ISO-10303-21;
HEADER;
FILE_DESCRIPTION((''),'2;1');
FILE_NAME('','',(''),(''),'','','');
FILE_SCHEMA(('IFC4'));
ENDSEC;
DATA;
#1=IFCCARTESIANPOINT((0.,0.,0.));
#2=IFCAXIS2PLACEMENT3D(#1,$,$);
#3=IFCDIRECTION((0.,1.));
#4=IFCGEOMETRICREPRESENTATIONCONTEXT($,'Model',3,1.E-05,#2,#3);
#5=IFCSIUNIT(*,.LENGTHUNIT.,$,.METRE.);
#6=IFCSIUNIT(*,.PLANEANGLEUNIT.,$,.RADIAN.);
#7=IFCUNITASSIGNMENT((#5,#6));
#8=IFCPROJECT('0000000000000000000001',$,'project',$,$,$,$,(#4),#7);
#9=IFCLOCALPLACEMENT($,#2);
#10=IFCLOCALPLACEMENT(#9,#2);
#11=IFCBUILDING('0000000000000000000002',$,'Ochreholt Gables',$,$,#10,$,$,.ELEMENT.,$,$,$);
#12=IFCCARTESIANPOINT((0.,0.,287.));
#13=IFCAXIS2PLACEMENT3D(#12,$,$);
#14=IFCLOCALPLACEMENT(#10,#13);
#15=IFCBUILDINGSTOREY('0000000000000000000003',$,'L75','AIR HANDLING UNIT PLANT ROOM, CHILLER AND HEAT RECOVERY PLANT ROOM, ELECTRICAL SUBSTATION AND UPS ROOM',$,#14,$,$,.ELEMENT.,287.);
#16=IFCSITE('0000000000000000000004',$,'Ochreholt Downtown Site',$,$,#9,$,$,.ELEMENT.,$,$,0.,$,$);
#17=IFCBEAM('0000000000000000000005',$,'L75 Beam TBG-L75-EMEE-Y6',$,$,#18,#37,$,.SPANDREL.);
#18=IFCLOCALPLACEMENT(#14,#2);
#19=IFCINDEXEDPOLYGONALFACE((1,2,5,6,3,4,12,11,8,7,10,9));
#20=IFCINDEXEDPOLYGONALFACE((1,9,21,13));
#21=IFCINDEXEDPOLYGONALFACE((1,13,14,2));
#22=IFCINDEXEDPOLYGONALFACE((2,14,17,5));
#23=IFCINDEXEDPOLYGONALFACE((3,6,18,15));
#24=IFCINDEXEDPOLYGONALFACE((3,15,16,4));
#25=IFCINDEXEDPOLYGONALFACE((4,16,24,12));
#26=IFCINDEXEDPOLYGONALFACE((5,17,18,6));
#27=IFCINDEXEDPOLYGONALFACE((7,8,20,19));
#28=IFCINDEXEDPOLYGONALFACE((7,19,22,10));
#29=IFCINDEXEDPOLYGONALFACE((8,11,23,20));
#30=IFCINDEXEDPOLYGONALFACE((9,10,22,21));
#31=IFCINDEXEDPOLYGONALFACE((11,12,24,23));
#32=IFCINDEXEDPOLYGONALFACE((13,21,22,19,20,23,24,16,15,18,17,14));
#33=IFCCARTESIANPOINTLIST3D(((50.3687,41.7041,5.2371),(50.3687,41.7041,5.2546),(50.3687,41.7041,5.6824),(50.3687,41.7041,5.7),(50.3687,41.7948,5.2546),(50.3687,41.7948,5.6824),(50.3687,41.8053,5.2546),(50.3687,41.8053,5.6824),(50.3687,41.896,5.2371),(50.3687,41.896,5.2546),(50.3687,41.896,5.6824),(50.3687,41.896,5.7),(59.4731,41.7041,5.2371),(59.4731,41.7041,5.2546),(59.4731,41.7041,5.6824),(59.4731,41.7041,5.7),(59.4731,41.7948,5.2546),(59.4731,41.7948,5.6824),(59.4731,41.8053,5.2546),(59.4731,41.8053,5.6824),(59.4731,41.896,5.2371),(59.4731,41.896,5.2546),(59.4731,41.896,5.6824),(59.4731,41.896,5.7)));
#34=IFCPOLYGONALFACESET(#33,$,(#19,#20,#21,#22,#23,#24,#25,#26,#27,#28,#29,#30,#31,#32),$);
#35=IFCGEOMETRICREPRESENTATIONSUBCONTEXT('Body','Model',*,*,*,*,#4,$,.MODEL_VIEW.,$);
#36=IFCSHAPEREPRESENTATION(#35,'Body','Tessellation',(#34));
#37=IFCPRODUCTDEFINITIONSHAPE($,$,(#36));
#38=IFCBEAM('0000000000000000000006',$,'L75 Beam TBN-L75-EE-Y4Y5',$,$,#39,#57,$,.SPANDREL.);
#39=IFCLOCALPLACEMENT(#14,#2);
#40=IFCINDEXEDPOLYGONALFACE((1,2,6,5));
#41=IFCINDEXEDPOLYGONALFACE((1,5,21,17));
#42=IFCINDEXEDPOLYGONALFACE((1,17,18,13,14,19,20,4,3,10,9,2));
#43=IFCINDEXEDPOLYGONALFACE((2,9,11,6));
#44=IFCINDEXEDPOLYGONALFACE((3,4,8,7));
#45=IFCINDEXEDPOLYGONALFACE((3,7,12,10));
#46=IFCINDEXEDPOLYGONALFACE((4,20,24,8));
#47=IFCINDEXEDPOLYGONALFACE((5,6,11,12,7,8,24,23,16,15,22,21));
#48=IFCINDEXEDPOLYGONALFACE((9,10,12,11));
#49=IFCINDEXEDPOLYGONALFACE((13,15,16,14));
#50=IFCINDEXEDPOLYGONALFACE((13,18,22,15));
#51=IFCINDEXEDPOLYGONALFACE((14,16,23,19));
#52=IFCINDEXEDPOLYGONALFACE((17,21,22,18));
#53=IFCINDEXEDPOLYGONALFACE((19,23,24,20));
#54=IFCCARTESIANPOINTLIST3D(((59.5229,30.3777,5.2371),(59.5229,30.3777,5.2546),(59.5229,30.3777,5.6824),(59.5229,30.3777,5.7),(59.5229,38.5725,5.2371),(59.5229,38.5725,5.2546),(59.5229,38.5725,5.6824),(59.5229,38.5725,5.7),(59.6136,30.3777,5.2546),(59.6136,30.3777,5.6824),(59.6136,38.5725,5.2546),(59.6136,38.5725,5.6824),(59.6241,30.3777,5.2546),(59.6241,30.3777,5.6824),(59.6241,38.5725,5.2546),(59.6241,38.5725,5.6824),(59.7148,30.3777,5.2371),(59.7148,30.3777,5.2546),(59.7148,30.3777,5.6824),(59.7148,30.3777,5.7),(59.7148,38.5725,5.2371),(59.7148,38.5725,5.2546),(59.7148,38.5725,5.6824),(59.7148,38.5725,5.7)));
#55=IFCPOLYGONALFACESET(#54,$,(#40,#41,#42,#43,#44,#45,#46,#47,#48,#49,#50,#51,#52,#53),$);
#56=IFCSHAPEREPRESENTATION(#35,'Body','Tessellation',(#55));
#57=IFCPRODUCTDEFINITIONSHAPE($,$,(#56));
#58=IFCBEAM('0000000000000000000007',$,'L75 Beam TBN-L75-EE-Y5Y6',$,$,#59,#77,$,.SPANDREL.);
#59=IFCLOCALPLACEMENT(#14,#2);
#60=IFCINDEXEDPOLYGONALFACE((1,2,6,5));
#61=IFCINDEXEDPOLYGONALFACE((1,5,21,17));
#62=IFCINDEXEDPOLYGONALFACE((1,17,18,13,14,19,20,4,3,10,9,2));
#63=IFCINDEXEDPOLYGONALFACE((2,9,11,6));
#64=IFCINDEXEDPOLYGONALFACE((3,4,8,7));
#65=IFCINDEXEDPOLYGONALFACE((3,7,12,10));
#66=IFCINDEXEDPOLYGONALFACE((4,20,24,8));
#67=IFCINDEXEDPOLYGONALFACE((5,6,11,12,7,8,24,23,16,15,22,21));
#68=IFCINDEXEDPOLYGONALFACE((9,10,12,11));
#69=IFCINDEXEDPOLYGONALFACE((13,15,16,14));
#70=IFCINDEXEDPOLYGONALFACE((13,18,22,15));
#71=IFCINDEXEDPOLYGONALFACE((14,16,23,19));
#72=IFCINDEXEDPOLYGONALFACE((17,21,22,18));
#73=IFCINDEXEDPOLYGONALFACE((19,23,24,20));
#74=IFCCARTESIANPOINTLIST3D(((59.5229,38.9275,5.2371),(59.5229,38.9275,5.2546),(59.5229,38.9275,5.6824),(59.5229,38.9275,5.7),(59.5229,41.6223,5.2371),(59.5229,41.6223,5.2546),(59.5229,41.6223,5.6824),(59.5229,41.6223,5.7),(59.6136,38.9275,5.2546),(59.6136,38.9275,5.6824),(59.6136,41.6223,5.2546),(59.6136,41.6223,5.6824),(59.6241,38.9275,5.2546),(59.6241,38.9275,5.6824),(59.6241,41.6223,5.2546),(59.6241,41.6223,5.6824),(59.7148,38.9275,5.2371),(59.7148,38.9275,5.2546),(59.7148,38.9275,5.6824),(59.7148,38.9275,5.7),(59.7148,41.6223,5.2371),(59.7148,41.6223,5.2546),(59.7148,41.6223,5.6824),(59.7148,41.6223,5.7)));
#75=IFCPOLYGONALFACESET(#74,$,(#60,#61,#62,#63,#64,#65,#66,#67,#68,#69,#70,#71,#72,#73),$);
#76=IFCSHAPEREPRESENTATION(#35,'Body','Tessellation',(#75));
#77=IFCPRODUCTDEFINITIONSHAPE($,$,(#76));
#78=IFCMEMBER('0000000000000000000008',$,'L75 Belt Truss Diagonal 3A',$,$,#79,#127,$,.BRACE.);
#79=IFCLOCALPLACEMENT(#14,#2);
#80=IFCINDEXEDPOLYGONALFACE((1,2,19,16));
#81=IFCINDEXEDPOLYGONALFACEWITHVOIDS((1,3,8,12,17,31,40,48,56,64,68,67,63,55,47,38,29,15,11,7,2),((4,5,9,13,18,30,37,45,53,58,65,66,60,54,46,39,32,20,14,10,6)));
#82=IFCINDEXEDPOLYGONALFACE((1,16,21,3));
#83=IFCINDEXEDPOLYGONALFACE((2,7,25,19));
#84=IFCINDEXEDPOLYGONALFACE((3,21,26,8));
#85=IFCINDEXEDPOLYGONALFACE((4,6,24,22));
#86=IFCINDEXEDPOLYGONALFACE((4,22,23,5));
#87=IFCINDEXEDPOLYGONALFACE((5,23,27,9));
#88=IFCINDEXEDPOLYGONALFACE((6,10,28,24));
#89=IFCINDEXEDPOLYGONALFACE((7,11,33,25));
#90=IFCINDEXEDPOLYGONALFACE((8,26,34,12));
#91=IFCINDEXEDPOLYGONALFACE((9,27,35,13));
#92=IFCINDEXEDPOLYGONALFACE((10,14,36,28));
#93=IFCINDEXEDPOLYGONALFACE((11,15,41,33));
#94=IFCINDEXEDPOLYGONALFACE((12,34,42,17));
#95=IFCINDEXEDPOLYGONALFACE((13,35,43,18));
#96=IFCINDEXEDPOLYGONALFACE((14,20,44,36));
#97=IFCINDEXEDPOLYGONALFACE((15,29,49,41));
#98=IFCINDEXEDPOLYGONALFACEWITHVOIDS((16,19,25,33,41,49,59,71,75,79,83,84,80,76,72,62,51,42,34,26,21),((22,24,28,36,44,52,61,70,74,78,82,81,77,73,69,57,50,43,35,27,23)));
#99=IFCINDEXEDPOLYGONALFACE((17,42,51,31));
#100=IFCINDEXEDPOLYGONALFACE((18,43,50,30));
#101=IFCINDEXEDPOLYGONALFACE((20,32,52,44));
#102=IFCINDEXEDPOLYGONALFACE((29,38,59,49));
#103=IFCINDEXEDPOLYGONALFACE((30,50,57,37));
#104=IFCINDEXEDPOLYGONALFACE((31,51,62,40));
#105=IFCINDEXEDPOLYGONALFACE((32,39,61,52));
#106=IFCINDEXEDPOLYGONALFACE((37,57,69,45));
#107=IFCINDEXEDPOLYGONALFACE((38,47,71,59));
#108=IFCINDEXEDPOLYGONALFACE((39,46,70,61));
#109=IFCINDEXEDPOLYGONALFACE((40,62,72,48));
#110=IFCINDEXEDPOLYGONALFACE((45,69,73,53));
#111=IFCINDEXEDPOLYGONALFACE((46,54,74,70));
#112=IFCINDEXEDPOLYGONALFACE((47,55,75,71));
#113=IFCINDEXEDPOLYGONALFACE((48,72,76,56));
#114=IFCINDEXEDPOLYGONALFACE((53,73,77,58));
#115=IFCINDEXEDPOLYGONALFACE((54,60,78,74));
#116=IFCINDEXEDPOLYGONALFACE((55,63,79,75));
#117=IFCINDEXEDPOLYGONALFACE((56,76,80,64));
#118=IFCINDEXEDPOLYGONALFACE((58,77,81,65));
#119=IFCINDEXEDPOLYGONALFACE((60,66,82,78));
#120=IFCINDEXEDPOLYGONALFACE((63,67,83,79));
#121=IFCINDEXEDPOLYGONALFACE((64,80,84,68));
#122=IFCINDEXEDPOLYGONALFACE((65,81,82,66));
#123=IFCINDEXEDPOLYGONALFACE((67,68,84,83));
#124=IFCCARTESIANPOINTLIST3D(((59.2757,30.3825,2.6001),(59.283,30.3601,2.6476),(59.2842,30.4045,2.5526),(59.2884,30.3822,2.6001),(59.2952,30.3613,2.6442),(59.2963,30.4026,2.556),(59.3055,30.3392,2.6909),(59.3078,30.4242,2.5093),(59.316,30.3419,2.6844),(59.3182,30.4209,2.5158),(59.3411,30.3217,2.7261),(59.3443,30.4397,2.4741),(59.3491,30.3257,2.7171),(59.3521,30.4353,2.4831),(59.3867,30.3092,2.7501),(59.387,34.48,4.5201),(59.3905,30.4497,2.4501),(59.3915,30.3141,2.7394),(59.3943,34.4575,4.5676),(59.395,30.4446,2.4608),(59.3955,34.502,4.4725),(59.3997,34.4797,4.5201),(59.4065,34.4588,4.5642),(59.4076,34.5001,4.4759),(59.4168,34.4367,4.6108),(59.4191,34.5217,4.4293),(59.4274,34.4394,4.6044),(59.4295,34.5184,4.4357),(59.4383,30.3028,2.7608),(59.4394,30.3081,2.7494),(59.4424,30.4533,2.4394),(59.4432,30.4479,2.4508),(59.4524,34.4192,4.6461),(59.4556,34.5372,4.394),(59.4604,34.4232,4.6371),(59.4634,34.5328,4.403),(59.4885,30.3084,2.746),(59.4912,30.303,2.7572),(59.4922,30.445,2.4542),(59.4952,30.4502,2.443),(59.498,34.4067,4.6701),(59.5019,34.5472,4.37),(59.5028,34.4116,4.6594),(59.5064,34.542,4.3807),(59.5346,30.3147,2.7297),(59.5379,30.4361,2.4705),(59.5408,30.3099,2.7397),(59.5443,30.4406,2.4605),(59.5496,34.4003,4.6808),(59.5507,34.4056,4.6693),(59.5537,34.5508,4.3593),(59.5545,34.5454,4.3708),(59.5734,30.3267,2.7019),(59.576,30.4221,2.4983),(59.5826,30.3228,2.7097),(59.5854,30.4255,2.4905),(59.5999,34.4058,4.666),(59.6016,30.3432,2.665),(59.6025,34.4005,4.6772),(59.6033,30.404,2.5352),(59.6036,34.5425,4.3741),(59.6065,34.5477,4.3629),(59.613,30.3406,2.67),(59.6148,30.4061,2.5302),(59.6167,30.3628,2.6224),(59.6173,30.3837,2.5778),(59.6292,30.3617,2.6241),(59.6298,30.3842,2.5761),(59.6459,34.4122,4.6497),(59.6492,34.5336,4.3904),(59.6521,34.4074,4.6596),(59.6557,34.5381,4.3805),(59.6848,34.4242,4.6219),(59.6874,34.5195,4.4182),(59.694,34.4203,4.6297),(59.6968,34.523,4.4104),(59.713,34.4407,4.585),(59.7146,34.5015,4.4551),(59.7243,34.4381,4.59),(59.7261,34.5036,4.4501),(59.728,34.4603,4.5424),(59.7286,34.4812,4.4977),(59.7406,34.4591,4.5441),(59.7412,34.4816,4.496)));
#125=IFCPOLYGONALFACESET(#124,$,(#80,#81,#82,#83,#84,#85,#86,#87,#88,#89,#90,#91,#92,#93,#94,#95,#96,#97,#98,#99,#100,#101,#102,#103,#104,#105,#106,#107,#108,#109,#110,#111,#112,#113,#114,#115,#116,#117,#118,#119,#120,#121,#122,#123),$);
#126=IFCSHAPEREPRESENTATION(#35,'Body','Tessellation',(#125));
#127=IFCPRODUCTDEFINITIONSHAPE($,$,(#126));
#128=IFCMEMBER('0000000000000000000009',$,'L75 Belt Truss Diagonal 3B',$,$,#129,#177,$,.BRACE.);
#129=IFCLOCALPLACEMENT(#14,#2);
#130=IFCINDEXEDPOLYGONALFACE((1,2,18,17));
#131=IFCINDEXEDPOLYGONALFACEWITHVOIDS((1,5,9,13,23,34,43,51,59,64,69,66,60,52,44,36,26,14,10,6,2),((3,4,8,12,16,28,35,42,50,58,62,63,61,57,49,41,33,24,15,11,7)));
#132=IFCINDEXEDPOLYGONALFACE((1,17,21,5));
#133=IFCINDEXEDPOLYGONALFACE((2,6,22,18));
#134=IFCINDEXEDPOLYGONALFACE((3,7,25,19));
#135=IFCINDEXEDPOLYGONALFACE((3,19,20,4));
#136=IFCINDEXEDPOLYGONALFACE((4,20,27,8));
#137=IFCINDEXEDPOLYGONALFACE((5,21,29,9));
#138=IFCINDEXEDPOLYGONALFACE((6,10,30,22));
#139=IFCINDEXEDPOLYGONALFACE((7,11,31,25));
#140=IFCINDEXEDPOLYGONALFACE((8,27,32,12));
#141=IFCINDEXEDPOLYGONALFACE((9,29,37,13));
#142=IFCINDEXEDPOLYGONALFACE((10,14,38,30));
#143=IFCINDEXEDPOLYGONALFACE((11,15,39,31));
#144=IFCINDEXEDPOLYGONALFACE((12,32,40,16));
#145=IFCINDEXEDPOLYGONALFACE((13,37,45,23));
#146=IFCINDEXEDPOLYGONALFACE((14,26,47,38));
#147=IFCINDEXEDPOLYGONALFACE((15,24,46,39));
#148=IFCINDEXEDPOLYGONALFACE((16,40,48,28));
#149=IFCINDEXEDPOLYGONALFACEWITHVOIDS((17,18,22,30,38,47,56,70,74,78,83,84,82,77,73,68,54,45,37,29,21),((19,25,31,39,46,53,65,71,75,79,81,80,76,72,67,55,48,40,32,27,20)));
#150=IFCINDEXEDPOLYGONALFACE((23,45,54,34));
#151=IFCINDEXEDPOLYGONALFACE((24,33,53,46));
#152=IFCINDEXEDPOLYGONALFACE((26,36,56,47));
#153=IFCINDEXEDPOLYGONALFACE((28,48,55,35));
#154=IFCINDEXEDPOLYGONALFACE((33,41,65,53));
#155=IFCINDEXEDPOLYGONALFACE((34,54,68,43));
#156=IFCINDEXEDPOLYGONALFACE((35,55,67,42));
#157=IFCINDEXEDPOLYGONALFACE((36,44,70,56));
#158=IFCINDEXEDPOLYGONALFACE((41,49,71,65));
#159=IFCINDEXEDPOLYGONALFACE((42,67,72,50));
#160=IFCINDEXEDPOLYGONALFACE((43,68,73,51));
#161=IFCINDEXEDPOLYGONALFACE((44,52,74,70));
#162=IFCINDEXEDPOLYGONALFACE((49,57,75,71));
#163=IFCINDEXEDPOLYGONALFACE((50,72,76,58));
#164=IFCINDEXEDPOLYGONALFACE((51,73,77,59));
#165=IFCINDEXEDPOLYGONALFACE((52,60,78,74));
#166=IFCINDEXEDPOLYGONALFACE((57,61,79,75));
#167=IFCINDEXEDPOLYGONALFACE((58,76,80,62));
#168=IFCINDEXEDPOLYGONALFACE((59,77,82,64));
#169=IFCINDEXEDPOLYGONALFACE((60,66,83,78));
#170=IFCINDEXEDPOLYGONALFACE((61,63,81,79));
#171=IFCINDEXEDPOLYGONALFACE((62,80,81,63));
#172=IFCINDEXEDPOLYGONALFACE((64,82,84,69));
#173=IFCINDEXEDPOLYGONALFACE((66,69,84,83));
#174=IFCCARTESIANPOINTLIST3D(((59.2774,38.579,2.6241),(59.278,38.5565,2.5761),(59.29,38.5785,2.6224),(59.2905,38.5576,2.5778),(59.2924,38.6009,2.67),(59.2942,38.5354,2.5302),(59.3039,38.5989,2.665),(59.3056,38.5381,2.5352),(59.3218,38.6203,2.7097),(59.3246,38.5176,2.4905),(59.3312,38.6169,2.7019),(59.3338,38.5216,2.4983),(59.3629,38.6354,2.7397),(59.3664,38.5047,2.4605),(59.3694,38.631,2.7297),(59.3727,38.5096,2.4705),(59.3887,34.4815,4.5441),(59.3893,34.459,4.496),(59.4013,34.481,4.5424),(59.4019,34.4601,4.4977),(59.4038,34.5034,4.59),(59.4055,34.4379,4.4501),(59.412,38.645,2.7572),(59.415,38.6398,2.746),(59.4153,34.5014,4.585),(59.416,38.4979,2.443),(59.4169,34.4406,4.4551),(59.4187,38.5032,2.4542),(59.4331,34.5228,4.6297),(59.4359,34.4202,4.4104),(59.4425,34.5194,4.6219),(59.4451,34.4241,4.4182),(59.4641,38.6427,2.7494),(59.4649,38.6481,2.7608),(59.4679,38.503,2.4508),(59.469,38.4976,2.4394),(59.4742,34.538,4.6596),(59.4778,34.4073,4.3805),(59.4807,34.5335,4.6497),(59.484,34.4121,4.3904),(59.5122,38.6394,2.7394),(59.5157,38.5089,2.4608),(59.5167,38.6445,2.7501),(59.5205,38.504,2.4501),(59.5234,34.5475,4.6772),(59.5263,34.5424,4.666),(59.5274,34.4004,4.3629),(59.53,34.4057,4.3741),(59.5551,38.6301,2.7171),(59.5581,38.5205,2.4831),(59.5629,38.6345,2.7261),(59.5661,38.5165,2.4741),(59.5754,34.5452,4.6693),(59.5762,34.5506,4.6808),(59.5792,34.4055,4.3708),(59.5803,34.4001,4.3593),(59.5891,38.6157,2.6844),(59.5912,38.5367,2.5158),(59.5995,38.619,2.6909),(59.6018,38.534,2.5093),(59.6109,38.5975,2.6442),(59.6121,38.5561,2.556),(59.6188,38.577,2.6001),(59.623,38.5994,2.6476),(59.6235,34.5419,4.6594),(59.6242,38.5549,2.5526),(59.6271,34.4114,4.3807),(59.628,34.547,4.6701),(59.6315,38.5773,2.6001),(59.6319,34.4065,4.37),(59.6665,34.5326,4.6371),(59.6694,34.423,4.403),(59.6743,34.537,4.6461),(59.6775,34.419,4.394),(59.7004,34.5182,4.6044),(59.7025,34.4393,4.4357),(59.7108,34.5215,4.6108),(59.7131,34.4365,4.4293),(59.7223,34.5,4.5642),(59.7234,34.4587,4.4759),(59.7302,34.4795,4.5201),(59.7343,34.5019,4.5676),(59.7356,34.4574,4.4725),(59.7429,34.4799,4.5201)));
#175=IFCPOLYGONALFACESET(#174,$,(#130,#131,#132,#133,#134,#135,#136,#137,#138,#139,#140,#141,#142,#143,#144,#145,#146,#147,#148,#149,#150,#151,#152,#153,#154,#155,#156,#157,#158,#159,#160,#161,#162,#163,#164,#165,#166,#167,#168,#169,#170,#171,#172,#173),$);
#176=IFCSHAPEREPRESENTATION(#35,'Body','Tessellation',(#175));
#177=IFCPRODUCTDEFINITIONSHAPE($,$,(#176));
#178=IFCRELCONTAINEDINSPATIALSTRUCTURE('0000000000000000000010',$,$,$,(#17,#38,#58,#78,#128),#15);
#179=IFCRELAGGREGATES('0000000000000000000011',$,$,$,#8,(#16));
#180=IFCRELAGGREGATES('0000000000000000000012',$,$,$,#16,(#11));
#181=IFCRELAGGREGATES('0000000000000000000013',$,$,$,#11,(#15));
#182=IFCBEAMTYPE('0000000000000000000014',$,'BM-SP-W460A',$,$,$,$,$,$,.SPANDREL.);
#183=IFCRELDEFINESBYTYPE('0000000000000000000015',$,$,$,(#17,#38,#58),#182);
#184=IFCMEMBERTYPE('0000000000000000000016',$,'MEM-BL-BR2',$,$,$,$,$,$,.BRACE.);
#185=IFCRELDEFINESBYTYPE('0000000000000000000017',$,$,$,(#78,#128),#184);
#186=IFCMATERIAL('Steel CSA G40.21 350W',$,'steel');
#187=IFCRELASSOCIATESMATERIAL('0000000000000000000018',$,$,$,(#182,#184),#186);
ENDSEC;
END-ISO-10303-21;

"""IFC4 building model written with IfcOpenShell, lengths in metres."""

from ifc_helpers import new_model, si_unit, direction, frame, origin, origin_2d, place, context, subcontext, project, spatial, hollow_circle, i_section, extrude, material, material_profile, profile_set, type_object, element, save


model = new_model("IFC4")

# Units and contexts
model_context = context("Model", 3, precision=1e-05, world=origin(), true_north=direction((0.0, 1.0)))
body_context = subcontext(model_context, "Body", "Model", "MODEL_VIEW")
ifc_project = project(units=[si_unit("LENGTHUNIT", "METRE"), si_unit("PLANEANGLEUNIT", "RADIAN")], contexts=[model_context])

# Site, building, storey
site_placement = place(None, origin())
site = spatial("IfcSite", under=ifc_project, at=site_placement, Name="Ochreholt Downtown Site", CompositionType="ELEMENT", RefElevation=0.0)
building_placement = place(site_placement, origin())
building = spatial("IfcBuilding", under=site, at=building_placement, Name="Ochreholt Gables", CompositionType="ELEMENT")
storey_placement = place(building_placement, frame((0.0, 0.0, 287.0)))
storey = spatial("IfcBuildingStorey", under=building, at=storey_placement, Name="L75", Description="AIR HANDLING UNIT PLANT ROOM, CHILLER AND HEAT RECOVERY PLANT ROOM, ELECTRICAL SUBSTATION AND UPS ROOM", CompositionType="ELEMENT", Elevation=287.0)

# Shared definitions
ifc_material_1 = material(Name="Steel CSA G40.21 350W", Category="steel")

# Beams
ifc_material_profile_1 = material_profile(ifc_material_1, i_section(OverallWidth=0.1919, OverallDepth=0.4629, WebThickness=0.0105, FlangeThickness=0.0176, at=origin_2d()), Name="W460X89")
ifc_profile_set_1 = profile_set([ifc_material_profile_1], Name="Steel CSA G40.21 350W")
beam_type_1 = type_object("IfcBeamType", Name="BM-SP-W460A", PredefinedType="SPANDREL", material=ifc_profile_set_1)
beam_1_placement = place(storey_placement, frame((50.3687, 41.8, 5.4685), z_axis=(1.0, 0.0, 0.0), x_axis=(0.0, 1.0, 0.0)))
element("IfcBeam", 1, at=beam_1_placement, inside=storey, type_object=beam_type_1, Name="L75 Beam TBG-L75-EMEE-Y6", PredefinedType="SPANDREL", context=body_context, shape_type="SweptSolid", body=[
    extrude(i_section(OverallWidth=0.1919, OverallDepth=0.4629, WebThickness=0.0105, FlangeThickness=0.0176, at=origin_2d()), origin(), (0.0, 0.0, 1.0), 9.1045),
])
beam_2_placement = place(storey_placement, frame((59.6189, 30.3777, 5.4685), z_axis=(0.0, 1.0, 0.0), x_axis=(-1.0, 0.0, 0.0)))
element("IfcBeam", 2, at=beam_2_placement, inside=storey, type_object=beam_type_1, Name="L75 Beam TBN-L75-EE-Y4Y5", PredefinedType="SPANDREL", context=body_context, shape_type="SweptSolid", body=[
    extrude(i_section(OverallWidth=0.1919, OverallDepth=0.4629, WebThickness=0.0105, FlangeThickness=0.0176, at=origin_2d()), origin(), (0.0, 0.0, 1.0), 8.1948),
])
beam_3_placement = place(storey_placement, frame((59.6189, 38.9275, 5.4685), z_axis=(0.0, 1.0, 0.0), x_axis=(-1.0, 0.0, 0.0)))
element("IfcBeam", 3, at=beam_3_placement, inside=storey, type_object=beam_type_1, Name="L75 Beam TBN-L75-EE-Y5Y6", PredefinedType="SPANDREL", context=body_context, shape_type="SweptSolid", body=[
    extrude(i_section(OverallWidth=0.1919, OverallDepth=0.4629, WebThickness=0.0105, FlangeThickness=0.0176, at=origin_2d()), origin(), (0.0, 0.0, 1.0), 2.6948),
])

# Members
ifc_material_profile_2 = material_profile(ifc_material_1, hollow_circle(Radius=0.178, WallThickness=0.0127, at=origin_2d()), Name="CHS356X13")
ifc_profile_set_2 = profile_set([ifc_material_profile_2], Name="Steel CSA G40.21 350W")
member_type_1 = type_object("IfcMemberType", Name="MEM-BL-BR2", PredefinedType="BRACE", material=ifc_profile_set_2)
for number, where, z_axis, x_axis, name in (
    (4, (59.4536, 30.3777, 2.6001), (0.024596, 0.905248, 0.424171), (-0.999631, 0.02716, 0.0), "L75 Belt Truss Diagonal 3A"),
    (5, (59.4536, 38.5725, 2.6001), (0.024596, -0.905248, 0.424171), (0.999631, 0.02716, 0.0), "L75 Belt Truss Diagonal 3B"),
):
    element("IfcMember", number, at=place(storey_placement, frame(where, z_axis=z_axis, x_axis=x_axis)), inside=storey, type_object=member_type_1, Name=name, PredefinedType="BRACE", context=body_context, shape_type="SweptSolid", body=[
        extrude(hollow_circle(Radius=0.178, WallThickness=0.0127, at=origin_2d()), origin(), (0.0, 0.0, 1.0), 4.5264),
    ])

save(model, "model.ifc")
